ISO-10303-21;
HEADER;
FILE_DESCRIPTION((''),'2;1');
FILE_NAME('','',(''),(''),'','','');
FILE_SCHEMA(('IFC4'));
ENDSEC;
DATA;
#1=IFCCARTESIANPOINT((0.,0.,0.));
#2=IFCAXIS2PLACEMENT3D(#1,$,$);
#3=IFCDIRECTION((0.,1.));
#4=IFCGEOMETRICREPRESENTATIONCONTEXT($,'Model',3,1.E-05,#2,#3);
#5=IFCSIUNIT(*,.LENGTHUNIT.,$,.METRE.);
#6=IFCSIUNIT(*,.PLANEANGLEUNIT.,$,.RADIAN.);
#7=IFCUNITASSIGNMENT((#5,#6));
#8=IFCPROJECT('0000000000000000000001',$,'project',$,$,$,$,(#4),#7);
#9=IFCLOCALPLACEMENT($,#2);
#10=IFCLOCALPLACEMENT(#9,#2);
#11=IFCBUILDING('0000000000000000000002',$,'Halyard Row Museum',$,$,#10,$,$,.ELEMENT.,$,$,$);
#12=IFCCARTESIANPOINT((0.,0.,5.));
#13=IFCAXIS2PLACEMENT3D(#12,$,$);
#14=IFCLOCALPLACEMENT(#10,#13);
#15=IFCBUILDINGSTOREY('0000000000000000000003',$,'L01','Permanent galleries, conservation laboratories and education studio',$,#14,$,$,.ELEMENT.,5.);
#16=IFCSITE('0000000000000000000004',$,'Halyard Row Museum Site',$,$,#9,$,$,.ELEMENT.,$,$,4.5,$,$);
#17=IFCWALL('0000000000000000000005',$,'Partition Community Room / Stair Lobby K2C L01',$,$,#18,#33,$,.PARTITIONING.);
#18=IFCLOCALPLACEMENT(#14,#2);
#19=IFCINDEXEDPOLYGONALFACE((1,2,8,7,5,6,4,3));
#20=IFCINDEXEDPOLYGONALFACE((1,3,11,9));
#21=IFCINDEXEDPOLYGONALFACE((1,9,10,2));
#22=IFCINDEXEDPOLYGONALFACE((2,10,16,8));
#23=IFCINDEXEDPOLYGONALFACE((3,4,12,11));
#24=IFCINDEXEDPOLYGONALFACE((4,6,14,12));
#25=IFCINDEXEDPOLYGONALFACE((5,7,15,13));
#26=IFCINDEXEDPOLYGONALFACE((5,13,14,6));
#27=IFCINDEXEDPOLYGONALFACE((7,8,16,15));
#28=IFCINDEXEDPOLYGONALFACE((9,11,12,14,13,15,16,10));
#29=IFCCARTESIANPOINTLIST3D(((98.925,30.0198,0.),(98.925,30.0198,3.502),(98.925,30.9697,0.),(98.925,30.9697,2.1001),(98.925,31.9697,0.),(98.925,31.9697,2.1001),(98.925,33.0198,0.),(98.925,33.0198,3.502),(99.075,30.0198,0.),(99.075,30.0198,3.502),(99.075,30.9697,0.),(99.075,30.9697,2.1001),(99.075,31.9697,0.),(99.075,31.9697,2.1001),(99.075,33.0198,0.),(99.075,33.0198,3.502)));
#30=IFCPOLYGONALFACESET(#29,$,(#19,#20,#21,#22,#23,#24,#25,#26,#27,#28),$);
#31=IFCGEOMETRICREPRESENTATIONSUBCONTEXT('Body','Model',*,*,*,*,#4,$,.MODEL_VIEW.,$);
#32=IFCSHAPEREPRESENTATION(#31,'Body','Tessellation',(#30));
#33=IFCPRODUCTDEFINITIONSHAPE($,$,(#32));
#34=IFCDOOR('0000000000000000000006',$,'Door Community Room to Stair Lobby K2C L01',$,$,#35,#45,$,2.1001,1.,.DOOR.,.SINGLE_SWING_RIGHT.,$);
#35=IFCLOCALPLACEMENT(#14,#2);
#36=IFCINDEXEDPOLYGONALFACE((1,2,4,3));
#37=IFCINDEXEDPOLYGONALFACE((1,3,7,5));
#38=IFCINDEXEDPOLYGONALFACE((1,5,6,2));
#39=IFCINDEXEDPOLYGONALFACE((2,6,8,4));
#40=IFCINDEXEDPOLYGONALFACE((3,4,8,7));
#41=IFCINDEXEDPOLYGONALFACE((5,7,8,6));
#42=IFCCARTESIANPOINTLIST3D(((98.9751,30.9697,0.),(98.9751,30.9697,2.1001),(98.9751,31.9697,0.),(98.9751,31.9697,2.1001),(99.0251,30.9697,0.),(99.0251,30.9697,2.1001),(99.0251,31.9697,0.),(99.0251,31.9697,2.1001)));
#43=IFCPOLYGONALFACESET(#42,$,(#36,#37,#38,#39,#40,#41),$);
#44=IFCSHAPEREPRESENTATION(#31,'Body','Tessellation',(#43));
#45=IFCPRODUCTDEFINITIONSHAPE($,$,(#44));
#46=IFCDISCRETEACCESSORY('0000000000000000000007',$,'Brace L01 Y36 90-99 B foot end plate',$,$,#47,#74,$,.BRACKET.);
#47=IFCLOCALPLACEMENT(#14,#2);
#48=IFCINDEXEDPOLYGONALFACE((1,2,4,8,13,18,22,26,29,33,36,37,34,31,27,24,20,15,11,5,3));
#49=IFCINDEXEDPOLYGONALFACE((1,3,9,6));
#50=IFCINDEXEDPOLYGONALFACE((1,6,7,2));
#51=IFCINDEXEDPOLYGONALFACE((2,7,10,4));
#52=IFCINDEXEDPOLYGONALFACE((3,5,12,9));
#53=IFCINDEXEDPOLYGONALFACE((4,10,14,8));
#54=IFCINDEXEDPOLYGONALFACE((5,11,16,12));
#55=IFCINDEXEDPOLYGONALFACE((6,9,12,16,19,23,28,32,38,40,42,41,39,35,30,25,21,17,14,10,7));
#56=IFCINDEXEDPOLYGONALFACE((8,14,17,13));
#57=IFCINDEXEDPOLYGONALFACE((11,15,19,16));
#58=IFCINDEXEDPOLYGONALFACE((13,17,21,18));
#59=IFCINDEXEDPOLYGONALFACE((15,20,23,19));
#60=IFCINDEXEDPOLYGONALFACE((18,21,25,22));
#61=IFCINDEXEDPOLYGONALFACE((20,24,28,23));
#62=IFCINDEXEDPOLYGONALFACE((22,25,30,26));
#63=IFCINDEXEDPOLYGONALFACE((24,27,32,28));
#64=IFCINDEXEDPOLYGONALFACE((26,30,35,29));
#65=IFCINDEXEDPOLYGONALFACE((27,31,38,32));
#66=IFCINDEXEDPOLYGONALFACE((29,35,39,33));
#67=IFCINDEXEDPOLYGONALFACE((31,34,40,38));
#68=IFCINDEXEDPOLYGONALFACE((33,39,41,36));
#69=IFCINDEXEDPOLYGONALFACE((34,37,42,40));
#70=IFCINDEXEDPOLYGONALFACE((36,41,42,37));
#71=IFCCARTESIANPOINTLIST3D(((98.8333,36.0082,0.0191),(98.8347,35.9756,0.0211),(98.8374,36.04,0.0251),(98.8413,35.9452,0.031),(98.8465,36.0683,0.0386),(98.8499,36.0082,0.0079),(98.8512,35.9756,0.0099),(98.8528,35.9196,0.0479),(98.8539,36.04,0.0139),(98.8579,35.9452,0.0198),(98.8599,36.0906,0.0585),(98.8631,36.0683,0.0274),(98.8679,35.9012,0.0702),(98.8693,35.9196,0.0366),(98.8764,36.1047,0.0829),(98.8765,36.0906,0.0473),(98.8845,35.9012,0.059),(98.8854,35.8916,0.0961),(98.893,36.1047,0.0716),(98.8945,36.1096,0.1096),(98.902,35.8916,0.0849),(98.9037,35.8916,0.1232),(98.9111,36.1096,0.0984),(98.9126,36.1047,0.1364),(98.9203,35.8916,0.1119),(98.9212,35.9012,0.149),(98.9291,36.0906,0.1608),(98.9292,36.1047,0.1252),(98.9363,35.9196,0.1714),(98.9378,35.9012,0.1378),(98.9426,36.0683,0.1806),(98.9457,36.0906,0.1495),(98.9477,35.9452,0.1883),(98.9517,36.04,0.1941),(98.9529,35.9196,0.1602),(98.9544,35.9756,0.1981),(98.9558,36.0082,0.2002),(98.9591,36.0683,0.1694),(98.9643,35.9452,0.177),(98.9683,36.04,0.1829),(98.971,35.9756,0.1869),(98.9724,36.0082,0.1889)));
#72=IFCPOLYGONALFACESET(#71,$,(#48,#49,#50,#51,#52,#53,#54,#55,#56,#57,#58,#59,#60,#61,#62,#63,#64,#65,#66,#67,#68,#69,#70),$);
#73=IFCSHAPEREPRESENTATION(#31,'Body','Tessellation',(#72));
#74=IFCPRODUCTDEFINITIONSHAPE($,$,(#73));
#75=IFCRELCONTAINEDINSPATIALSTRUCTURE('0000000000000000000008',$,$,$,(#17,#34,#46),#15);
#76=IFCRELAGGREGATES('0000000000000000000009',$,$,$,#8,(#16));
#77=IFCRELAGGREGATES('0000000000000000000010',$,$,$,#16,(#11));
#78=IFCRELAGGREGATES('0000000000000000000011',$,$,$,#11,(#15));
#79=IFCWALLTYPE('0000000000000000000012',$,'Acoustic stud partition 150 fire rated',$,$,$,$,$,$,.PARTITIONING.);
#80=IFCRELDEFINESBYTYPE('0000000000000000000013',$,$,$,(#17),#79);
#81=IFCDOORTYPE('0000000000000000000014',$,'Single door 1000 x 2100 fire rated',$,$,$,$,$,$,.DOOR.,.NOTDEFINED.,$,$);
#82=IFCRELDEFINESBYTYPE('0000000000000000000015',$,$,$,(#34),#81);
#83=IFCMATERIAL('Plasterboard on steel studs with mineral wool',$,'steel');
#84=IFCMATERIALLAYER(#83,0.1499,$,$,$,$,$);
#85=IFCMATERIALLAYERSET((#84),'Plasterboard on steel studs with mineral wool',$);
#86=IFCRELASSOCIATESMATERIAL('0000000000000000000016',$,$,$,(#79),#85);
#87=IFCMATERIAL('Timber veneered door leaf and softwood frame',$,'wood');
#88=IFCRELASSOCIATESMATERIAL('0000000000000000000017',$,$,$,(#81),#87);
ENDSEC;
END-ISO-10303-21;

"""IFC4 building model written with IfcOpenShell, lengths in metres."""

from ifc_helpers import new_model, si_unit, direction, frame, frame_2d, origin, origin_2d, place, context, subcontext, project, spatial, rectangle, circle, extrude, material, layer, layer_set, type_object, element, fill, save


model = new_model("IFC4")

# Units and contexts
model_context = context("Model", 3, precision=1e-05, world=origin(), true_north=direction((0.0, 1.0)))
body_context = subcontext(model_context, "Body", "Model", "MODEL_VIEW")
ifc_project = project(units=[si_unit("LENGTHUNIT", "METRE"), si_unit("PLANEANGLEUNIT", "RADIAN")], contexts=[model_context])

# Site, building, storey
site_placement = place(None, origin())
site = spatial("IfcSite", under=ifc_project, at=site_placement, Name="Halyard Row Museum Site", CompositionType="ELEMENT", RefElevation=4.5)
building_placement = place(site_placement, origin())
building = spatial("IfcBuilding", under=site, at=building_placement, Name="Halyard Row Museum", CompositionType="ELEMENT")
storey_placement = place(building_placement, frame((0.0, 0.0, 5.0)))
storey = spatial("IfcBuildingStorey", under=building, at=storey_placement, Name="L01", Description="Permanent galleries, conservation laboratories and education studio", CompositionType="ELEMENT", Elevation=5.0)

# Wall, opening, door
ifc_material_1 = material(Name="Plasterboard on steel studs with mineral wool", Category="steel")
ifc_layer_1 = layer(ifc_material_1, 0.1499)
ifc_layer_set_1 = layer_set([ifc_layer_1], Name="Plasterboard on steel studs with mineral wool")
wall_type = type_object("IfcWallType", Name="Acoustic stud partition 150 fire rated", PredefinedType="PARTITIONING", material=ifc_layer_set_1)
wall_placement = place(storey_placement, frame((99.0, 30.0198, 0.0), z_axis=(0.0, 0.0, 1.0), x_axis=(0.0, 1.0, 0.0)))
wall = element("IfcWall", 1, at=wall_placement, inside=storey, type_object=wall_type, Name="Partition Community Room / Stair Lobby K2C L01", PredefinedType="PARTITIONING", context=body_context, shape_type="SweptSolid", body=[
    extrude(rectangle(XDim=3.0, YDim=0.1499, at=frame_2d((1.5, 0.0))), origin(), (0.0, 0.0, 1.0), 3.502),
])
opening_placement = place(wall_placement, frame((0.95, 0.0, 0.0)))
opening = element("IfcOpeningElement", 2, at=opening_placement, cuts=wall, PredefinedType="OPENING", context=body_context, shape_type="SweptSolid", body=[
    extrude(rectangle(XDim=1.0, YDim=2.1001, at=frame_2d((0.5, 1.05))), frame((0.0, 0.085, 0.0), z_axis=(0.0, -1.0, 0.0), x_axis=(1.0, 0.0, 0.0)), (0.0, 0.0, 1.0), 0.1699),
])
ifc_material_2 = material(Name="Timber veneered door leaf and softwood frame", Category="wood")
door_type = type_object("IfcDoorType", Name="Single door 1000 x 2100 fire rated", OperationType="NOTDEFINED", PredefinedType="DOOR", material=ifc_material_2)
door_placement = place(opening_placement, origin())
door = element("IfcDoor", 3, at=door_placement, inside=storey, type_object=door_type, Name="Door Community Room to Stair Lobby K2C L01", OperationType="SINGLE_SWING_RIGHT", OverallHeight=2.1001, OverallWidth=1.0, PredefinedType="DOOR", context=body_context, shape_type="SweptSolid", body=[
    extrude(rectangle(XDim=1.0, YDim=2.1001, at=frame_2d((0.5, 1.05))), frame((0.0, 0.0249, 0.0), z_axis=(0.0, -1.0, 0.0), x_axis=(1.0, 0.0, 0.0)), (0.0, 0.0, 1.0), 0.05),
])
fill(opening, door)

# Discrete accessory
discrete_accessory_placement = place(storey_placement, frame((98.8945, 36.0, 0.1096), z_axis=(0.828283, 0.0, -0.560309), x_axis=(0.0, 1.0, 0.0)))
element("IfcDiscreteAccessory", 4, at=discrete_accessory_placement, inside=storey, Name="Brace L01 Y36 90-99 B foot end plate", PredefinedType="BRACKET", context=body_context, shape_type="SweptSolid", body=[
    extrude(circle(Radius=0.1096, at=origin_2d()), origin(), (0.0, 0.0, 1.0), 0.02),
])

save(model, "model.ifc")
